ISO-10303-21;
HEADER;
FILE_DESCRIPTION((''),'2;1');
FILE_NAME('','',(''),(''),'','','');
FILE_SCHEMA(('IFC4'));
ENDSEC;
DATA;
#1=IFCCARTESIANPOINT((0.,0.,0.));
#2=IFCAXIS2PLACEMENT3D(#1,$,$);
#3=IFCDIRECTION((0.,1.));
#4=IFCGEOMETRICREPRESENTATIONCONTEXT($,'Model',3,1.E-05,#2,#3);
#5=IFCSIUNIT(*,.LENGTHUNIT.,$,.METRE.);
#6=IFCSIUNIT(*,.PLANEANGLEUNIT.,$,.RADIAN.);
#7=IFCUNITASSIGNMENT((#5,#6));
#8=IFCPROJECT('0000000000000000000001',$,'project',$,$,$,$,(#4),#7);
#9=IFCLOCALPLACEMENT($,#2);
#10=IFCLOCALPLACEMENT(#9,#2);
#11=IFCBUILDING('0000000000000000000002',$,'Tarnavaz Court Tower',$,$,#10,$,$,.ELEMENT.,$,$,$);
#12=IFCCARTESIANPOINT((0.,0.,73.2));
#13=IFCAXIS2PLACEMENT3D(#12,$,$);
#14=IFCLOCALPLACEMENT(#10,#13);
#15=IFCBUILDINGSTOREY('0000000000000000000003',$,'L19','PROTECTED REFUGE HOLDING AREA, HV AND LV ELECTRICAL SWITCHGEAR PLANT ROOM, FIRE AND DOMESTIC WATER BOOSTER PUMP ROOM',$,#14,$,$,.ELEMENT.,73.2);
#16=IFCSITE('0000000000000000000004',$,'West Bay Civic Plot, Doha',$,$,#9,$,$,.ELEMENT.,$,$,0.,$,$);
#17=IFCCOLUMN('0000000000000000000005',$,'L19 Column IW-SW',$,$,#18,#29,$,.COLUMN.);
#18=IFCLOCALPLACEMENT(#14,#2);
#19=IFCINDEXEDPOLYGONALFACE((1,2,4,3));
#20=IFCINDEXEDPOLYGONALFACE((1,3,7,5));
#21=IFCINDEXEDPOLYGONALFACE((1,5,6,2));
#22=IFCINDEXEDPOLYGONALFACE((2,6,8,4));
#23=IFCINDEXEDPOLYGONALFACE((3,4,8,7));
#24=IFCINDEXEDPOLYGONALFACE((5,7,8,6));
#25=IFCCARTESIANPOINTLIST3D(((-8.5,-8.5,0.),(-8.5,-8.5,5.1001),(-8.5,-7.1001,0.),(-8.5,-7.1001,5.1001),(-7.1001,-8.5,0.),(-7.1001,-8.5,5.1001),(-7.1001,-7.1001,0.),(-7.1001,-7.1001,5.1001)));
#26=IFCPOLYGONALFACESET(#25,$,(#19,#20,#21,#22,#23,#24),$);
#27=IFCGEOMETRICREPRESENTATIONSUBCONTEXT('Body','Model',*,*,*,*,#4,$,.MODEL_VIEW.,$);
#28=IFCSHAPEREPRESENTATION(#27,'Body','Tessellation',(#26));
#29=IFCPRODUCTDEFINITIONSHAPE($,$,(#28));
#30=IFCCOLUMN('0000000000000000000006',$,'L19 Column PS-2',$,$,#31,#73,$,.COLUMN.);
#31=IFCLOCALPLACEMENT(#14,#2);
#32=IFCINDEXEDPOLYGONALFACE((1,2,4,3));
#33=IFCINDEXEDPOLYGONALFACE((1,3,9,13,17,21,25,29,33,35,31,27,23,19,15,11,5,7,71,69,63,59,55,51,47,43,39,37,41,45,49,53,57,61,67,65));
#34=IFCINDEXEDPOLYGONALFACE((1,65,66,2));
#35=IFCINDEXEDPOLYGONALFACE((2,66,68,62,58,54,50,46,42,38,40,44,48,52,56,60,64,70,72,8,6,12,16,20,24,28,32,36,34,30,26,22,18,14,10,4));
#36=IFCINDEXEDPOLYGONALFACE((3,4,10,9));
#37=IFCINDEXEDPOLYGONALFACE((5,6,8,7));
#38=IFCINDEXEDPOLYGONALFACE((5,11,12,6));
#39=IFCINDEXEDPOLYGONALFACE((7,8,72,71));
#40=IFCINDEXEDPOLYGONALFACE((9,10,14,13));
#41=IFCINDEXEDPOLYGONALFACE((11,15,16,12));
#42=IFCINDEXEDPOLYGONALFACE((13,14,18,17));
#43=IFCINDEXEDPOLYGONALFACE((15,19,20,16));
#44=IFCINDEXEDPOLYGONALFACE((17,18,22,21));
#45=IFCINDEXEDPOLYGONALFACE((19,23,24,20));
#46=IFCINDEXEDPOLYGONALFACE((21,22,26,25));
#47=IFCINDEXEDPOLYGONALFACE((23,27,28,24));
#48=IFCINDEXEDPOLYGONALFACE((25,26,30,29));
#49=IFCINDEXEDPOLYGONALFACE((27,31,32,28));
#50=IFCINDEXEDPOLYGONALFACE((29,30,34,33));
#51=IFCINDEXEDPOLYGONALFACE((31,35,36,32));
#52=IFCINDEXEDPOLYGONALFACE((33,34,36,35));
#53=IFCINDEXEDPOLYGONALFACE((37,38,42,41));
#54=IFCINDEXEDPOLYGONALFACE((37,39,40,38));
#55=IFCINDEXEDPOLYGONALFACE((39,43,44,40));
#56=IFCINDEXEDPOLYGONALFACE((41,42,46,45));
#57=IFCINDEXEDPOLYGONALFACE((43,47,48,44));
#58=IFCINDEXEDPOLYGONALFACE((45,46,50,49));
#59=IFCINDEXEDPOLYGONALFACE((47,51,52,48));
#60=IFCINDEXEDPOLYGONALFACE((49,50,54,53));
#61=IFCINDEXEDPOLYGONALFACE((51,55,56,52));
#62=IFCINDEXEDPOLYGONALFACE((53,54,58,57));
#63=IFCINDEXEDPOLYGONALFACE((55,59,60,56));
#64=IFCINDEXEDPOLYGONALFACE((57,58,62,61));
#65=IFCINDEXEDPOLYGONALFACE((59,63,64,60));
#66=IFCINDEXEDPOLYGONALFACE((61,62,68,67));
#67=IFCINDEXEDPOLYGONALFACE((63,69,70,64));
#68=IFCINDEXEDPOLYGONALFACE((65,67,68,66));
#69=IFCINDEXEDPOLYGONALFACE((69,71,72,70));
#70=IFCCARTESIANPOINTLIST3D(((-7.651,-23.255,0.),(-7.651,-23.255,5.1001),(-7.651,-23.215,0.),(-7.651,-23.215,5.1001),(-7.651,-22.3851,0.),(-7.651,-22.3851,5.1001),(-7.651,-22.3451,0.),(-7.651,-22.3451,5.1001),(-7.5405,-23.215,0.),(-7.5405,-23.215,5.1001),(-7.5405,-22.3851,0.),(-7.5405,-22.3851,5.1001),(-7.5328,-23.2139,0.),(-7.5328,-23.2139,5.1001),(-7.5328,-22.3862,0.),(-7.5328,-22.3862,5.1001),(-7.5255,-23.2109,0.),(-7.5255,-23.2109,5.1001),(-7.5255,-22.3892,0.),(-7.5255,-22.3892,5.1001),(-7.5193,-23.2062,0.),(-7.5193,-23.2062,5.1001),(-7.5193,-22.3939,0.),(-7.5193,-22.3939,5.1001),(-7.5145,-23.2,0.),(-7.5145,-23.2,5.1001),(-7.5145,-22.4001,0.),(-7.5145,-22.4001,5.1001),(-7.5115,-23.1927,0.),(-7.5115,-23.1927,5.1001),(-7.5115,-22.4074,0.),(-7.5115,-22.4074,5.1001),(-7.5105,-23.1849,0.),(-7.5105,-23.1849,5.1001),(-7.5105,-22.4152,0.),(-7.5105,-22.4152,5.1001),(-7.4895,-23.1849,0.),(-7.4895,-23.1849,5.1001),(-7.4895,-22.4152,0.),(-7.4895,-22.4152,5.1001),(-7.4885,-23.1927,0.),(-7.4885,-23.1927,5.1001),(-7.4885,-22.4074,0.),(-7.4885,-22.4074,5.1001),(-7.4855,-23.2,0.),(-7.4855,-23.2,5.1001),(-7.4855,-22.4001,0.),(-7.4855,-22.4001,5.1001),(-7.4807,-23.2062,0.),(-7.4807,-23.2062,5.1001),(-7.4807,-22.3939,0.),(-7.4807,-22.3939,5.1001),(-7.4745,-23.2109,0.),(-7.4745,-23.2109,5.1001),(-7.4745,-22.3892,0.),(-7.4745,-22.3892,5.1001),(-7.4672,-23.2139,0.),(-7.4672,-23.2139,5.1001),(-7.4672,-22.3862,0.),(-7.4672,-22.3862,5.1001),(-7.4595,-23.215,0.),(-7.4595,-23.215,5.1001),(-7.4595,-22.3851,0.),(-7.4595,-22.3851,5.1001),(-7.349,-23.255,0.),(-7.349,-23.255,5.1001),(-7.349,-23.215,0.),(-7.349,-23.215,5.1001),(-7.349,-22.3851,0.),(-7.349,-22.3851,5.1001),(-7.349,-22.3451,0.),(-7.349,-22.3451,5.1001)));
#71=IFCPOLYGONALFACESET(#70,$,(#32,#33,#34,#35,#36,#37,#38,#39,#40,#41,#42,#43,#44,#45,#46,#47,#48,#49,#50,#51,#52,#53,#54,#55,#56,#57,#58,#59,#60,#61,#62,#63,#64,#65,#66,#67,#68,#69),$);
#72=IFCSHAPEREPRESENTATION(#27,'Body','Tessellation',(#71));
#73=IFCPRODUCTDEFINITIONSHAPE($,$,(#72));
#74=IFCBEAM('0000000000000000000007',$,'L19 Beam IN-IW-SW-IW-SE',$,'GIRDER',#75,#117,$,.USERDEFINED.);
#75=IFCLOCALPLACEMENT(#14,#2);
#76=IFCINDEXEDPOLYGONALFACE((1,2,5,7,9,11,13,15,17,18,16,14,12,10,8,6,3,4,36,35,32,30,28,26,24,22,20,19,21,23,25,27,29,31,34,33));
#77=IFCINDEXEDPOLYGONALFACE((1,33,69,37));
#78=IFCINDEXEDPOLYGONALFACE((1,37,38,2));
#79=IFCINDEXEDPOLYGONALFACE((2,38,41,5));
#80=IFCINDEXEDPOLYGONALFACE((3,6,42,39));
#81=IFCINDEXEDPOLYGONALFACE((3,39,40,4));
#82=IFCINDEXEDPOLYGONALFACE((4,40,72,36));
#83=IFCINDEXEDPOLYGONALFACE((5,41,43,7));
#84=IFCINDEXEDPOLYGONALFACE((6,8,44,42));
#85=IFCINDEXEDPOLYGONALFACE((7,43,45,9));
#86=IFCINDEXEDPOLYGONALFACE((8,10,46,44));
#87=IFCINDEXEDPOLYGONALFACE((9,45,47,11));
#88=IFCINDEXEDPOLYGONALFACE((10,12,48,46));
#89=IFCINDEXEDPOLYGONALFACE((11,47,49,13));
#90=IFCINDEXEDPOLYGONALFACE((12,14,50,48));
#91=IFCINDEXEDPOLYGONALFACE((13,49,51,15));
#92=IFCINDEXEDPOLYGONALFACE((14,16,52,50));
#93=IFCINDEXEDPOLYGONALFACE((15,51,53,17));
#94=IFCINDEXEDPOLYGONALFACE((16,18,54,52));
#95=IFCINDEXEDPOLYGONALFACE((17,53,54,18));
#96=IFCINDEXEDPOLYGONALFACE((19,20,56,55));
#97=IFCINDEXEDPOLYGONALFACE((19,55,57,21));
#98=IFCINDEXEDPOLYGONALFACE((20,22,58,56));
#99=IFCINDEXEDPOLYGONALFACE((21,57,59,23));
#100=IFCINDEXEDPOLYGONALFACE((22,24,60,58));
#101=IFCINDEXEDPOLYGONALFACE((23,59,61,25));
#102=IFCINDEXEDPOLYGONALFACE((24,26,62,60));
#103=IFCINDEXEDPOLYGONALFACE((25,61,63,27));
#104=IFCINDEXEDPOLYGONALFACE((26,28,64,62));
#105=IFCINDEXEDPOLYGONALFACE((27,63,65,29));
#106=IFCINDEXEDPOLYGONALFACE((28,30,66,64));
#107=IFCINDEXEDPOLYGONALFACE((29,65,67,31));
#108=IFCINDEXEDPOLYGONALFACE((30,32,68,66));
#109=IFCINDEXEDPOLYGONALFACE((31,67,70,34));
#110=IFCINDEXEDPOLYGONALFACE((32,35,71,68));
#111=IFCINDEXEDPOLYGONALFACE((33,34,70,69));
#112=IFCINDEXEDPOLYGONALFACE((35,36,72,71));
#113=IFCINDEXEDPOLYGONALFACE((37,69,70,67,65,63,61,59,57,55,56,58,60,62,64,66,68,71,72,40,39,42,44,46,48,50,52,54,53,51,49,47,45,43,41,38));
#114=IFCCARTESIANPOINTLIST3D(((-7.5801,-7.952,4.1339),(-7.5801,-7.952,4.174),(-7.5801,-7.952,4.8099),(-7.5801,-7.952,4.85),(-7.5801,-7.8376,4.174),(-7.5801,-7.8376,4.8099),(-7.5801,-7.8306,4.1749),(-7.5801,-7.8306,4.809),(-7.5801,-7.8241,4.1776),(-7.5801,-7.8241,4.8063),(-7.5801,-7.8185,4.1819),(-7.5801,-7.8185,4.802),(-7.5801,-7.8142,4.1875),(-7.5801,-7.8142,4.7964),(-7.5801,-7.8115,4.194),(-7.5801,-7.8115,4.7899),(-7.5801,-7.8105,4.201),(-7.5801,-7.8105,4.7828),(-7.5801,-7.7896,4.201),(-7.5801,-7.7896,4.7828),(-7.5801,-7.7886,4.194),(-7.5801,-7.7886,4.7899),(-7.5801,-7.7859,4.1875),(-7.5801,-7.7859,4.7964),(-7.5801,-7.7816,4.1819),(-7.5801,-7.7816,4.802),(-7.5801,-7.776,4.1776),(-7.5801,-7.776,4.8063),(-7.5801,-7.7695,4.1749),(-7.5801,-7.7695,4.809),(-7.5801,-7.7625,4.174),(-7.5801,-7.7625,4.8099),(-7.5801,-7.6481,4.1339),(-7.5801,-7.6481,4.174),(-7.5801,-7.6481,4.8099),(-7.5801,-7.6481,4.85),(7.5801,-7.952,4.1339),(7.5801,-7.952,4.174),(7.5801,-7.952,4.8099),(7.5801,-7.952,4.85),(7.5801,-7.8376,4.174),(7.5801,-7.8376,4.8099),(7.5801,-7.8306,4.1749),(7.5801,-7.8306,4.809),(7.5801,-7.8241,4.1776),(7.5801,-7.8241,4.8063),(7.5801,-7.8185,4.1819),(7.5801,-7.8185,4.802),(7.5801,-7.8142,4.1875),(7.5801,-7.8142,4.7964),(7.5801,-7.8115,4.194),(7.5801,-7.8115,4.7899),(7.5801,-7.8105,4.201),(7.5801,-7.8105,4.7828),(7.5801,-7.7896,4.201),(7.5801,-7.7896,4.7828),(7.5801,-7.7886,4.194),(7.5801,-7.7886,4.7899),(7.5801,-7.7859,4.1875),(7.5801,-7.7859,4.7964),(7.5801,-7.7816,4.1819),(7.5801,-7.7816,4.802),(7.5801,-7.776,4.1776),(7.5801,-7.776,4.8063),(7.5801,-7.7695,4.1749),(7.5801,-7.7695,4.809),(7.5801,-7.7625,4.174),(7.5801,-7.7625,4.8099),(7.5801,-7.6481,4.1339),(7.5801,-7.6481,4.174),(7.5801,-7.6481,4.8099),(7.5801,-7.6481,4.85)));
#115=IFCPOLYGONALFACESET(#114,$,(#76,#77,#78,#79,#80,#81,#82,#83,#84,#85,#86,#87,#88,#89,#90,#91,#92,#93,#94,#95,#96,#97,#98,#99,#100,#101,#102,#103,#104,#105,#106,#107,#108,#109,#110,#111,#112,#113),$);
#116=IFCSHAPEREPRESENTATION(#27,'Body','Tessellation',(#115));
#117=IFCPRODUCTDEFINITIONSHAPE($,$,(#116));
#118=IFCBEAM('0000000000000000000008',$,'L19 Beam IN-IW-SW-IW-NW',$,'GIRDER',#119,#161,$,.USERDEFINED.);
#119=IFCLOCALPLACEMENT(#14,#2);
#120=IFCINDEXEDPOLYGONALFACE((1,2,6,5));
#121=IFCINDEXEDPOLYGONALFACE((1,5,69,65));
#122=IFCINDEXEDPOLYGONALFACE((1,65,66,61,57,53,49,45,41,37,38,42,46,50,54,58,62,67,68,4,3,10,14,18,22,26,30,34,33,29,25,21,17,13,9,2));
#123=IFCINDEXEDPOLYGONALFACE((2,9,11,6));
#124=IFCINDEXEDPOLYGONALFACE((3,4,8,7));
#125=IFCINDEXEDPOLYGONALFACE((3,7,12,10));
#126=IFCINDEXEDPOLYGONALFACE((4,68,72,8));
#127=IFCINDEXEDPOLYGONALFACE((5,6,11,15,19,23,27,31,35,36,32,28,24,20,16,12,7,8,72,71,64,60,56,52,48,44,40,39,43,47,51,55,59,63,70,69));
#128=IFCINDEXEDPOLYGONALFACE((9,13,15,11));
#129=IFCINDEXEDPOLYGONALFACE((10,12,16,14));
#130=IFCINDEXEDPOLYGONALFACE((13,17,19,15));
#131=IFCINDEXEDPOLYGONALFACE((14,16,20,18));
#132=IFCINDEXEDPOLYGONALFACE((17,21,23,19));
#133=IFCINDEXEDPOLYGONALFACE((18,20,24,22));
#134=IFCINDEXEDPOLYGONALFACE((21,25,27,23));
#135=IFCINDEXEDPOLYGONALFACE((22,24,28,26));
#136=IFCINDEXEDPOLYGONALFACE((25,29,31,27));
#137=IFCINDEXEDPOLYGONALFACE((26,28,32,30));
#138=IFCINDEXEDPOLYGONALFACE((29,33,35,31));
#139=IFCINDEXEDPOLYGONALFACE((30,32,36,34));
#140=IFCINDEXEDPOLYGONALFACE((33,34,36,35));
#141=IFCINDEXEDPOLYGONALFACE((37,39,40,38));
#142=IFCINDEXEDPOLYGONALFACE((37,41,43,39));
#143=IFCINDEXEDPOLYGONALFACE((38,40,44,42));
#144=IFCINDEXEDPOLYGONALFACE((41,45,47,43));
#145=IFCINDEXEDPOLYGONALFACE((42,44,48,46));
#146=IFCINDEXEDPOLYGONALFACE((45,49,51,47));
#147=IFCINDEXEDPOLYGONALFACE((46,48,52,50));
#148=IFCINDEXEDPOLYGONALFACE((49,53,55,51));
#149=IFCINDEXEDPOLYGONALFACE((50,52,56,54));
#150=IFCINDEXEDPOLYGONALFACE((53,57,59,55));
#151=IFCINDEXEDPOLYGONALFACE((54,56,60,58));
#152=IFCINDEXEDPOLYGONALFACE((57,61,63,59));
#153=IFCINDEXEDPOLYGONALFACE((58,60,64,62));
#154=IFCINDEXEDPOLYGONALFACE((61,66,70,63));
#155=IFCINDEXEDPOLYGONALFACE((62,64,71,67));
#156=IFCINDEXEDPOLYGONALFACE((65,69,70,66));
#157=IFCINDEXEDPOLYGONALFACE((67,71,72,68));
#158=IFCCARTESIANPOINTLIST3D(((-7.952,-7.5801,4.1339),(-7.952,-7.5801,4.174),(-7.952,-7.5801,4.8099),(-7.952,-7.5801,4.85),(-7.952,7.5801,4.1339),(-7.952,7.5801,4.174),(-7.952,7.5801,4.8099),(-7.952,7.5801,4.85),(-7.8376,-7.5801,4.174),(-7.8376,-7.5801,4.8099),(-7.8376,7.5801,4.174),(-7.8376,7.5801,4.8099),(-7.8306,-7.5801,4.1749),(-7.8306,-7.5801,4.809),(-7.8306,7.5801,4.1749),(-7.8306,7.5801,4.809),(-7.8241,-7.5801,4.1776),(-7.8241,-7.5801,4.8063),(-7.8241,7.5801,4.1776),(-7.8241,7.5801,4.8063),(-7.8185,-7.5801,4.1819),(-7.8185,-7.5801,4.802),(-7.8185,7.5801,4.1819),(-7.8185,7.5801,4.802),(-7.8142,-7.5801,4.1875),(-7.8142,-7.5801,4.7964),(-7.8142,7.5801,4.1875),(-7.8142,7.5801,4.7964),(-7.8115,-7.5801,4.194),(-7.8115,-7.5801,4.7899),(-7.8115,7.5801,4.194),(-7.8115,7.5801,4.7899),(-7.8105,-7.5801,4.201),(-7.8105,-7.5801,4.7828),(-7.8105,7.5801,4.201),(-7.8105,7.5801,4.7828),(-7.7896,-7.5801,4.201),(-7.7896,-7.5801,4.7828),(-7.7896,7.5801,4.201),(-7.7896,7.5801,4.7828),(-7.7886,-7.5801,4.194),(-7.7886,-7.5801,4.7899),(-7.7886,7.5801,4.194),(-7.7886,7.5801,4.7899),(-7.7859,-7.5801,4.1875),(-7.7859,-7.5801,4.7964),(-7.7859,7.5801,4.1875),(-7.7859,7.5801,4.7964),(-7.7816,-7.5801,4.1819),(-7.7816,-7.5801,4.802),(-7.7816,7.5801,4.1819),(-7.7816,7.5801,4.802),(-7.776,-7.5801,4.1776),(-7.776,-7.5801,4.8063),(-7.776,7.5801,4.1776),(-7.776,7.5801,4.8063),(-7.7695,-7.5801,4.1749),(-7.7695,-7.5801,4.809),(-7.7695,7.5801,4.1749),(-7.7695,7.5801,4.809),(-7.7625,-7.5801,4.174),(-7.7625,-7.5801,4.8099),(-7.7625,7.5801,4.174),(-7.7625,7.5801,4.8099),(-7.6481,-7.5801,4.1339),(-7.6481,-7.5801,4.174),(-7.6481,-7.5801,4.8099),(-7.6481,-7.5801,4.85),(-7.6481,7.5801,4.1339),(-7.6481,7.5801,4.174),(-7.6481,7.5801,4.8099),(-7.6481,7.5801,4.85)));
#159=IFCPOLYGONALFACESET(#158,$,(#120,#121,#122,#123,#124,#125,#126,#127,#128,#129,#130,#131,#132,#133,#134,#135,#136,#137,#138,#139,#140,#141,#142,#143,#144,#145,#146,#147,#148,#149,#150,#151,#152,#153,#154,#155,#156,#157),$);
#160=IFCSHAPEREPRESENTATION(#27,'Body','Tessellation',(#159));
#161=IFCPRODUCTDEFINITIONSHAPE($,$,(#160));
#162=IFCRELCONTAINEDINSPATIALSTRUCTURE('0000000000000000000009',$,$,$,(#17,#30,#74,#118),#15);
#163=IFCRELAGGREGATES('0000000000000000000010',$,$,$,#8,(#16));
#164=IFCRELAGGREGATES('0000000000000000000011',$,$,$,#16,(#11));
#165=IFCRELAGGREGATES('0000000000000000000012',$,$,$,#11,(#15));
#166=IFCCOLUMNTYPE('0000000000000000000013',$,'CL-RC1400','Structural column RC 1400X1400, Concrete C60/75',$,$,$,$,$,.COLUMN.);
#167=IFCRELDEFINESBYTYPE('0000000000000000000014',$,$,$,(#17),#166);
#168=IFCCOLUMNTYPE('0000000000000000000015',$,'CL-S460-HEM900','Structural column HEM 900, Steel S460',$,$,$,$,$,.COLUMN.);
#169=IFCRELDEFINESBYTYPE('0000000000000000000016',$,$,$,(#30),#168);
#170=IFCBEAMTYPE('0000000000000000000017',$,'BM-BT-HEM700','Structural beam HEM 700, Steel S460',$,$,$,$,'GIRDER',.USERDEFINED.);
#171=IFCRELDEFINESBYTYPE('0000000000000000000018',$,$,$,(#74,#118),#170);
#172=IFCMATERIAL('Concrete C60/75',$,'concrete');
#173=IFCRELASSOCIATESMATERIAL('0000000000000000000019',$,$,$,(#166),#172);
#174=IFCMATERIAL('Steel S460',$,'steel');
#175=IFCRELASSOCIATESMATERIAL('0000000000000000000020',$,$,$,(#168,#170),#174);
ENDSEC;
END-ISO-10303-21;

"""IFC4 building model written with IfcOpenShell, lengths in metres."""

from ifc_helpers import new_model, si_unit, direction, frame, origin, origin_2d, place, context, subcontext, project, spatial, rectangle, i_section, extrude, material, material_profile, profile_set, type_object, element, save


model = new_model("IFC4")

# Units and contexts
model_context = context("Model", 3, precision=1e-05, world=origin(), true_north=direction((0.0, 1.0)))
body_context = subcontext(model_context, "Body", "Model", "MODEL_VIEW")
ifc_project = project(units=[si_unit("LENGTHUNIT", "METRE"), si_unit("PLANEANGLEUNIT", "RADIAN")], contexts=[model_context])

# Site, building, storey
site_placement = place(None, origin())
site = spatial("IfcSite", under=ifc_project, at=site_placement, Name="West Bay Civic Plot, Doha", CompositionType="ELEMENT", RefElevation=0.0)
building_placement = place(site_placement, origin())
building = spatial("IfcBuilding", under=site, at=building_placement, Name="Tarnavaz Court Tower", CompositionType="ELEMENT")
storey_placement = place(building_placement, frame((0.0, 0.0, 73.2)))
storey = spatial("IfcBuildingStorey", under=building, at=storey_placement, Name="L19", Description="PROTECTED REFUGE HOLDING AREA, HV AND LV ELECTRICAL SWITCHGEAR PLANT ROOM, FIRE AND DOMESTIC WATER BOOSTER PUMP ROOM", CompositionType="ELEMENT", Elevation=73.2)

# Columns
ifc_material_1 = material(Name="Concrete C60/75", Category="concrete")
ifc_material_profile_1 = material_profile(ifc_material_1, rectangle(XDim=1.3999, YDim=1.3999, at=origin_2d()), Name="RC 1400X1400")
ifc_profile_set_1 = profile_set([ifc_material_profile_1], Name="Concrete C60/75")
column_type_1 = type_object("IfcColumnType", Name="CL-RC1400", Description="Structural column RC 1400X1400, Concrete C60/75", PredefinedType="COLUMN", material=ifc_profile_set_1)
column_1_placement = place(storey_placement, frame((-7.8, -7.8, 0.0), z_axis=(0.0, 0.0, 1.0), x_axis=(1.0, 0.0, 0.0)))
element("IfcColumn", 1, at=column_1_placement, inside=storey, type_object=column_type_1, Name="L19 Column IW-SW", PredefinedType="COLUMN", context=body_context, shape_type="SweptSolid", body=[
    extrude(rectangle(XDim=1.3999, YDim=1.3999, at=origin_2d()), origin(), (0.0, 0.0, 1.0), 5.1001),
])
ifc_material_2 = material(Name="Steel S460", Category="steel")
ifc_material_profile_2 = material_profile(ifc_material_2, i_section(OverallWidth=0.302, OverallDepth=0.9099, WebThickness=0.021, FlangeThickness=0.04, FilletRadius=0.03, at=origin_2d()), Name="HEM 900")
ifc_profile_set_2 = profile_set([ifc_material_profile_2], Name="Steel S460")
column_type_2 = type_object("IfcColumnType", Name="CL-S460-HEM900", Description="Structural column HEM 900, Steel S460", PredefinedType="COLUMN", material=ifc_profile_set_2)
column_2_placement = place(storey_placement, frame((-7.5, -22.8, 0.0), z_axis=(0.0, 0.0, 1.0), x_axis=(1.0, 0.0, 0.0)))
element("IfcColumn", 2, at=column_2_placement, inside=storey, type_object=column_type_2, Name="L19 Column PS-2", PredefinedType="COLUMN", context=body_context, shape_type="SweptSolid", body=[
    extrude(i_section(OverallWidth=0.302, OverallDepth=0.9099, WebThickness=0.021, FlangeThickness=0.04, FilletRadius=0.03, at=origin_2d()), origin(), (0.0, 0.0, 1.0), 5.1001),
])

# Beams
ifc_material_profile_3 = material_profile(ifc_material_2, i_section(OverallWidth=0.304, OverallDepth=0.7161, WebThickness=0.021, FlangeThickness=0.04, FilletRadius=0.0271, at=origin_2d()), Name="HEM 700")
ifc_profile_set_3 = profile_set([ifc_material_profile_3], Name="Steel S460")
beam_type_1 = type_object("IfcBeamType", Name="BM-BT-HEM700", Description="Structural beam HEM 700, Steel S460", ElementType="GIRDER", PredefinedType="USERDEFINED", material=ifc_profile_set_3)
for number, where, z_axis, x_axis, name in (
    (3, (-7.5801, -7.8, 4.4919), (1.0, 0.0, 0.0), (0.0, 1.0, 0.0), "L19 Beam IN-IW-SW-IW-SE"),
    (4, (-7.8, -7.5801, 4.4919), (0.0, 1.0, 0.0), (-1.0, 0.0, 0.0), "L19 Beam IN-IW-SW-IW-NW"),
):
    element("IfcBeam", number, at=place(storey_placement, frame(where, z_axis=z_axis, x_axis=x_axis)), inside=storey, type_object=beam_type_1, Name=name, ObjectType="GIRDER", PredefinedType="USERDEFINED", context=body_context, shape_type="SweptSolid", body=[
        extrude(i_section(OverallWidth=0.304, OverallDepth=0.7161, WebThickness=0.021, FlangeThickness=0.04, FilletRadius=0.0271, at=origin_2d()), origin(), (0.0, 0.0, 1.0), 15.1602),
    ])

save(model, "model.ifc")
